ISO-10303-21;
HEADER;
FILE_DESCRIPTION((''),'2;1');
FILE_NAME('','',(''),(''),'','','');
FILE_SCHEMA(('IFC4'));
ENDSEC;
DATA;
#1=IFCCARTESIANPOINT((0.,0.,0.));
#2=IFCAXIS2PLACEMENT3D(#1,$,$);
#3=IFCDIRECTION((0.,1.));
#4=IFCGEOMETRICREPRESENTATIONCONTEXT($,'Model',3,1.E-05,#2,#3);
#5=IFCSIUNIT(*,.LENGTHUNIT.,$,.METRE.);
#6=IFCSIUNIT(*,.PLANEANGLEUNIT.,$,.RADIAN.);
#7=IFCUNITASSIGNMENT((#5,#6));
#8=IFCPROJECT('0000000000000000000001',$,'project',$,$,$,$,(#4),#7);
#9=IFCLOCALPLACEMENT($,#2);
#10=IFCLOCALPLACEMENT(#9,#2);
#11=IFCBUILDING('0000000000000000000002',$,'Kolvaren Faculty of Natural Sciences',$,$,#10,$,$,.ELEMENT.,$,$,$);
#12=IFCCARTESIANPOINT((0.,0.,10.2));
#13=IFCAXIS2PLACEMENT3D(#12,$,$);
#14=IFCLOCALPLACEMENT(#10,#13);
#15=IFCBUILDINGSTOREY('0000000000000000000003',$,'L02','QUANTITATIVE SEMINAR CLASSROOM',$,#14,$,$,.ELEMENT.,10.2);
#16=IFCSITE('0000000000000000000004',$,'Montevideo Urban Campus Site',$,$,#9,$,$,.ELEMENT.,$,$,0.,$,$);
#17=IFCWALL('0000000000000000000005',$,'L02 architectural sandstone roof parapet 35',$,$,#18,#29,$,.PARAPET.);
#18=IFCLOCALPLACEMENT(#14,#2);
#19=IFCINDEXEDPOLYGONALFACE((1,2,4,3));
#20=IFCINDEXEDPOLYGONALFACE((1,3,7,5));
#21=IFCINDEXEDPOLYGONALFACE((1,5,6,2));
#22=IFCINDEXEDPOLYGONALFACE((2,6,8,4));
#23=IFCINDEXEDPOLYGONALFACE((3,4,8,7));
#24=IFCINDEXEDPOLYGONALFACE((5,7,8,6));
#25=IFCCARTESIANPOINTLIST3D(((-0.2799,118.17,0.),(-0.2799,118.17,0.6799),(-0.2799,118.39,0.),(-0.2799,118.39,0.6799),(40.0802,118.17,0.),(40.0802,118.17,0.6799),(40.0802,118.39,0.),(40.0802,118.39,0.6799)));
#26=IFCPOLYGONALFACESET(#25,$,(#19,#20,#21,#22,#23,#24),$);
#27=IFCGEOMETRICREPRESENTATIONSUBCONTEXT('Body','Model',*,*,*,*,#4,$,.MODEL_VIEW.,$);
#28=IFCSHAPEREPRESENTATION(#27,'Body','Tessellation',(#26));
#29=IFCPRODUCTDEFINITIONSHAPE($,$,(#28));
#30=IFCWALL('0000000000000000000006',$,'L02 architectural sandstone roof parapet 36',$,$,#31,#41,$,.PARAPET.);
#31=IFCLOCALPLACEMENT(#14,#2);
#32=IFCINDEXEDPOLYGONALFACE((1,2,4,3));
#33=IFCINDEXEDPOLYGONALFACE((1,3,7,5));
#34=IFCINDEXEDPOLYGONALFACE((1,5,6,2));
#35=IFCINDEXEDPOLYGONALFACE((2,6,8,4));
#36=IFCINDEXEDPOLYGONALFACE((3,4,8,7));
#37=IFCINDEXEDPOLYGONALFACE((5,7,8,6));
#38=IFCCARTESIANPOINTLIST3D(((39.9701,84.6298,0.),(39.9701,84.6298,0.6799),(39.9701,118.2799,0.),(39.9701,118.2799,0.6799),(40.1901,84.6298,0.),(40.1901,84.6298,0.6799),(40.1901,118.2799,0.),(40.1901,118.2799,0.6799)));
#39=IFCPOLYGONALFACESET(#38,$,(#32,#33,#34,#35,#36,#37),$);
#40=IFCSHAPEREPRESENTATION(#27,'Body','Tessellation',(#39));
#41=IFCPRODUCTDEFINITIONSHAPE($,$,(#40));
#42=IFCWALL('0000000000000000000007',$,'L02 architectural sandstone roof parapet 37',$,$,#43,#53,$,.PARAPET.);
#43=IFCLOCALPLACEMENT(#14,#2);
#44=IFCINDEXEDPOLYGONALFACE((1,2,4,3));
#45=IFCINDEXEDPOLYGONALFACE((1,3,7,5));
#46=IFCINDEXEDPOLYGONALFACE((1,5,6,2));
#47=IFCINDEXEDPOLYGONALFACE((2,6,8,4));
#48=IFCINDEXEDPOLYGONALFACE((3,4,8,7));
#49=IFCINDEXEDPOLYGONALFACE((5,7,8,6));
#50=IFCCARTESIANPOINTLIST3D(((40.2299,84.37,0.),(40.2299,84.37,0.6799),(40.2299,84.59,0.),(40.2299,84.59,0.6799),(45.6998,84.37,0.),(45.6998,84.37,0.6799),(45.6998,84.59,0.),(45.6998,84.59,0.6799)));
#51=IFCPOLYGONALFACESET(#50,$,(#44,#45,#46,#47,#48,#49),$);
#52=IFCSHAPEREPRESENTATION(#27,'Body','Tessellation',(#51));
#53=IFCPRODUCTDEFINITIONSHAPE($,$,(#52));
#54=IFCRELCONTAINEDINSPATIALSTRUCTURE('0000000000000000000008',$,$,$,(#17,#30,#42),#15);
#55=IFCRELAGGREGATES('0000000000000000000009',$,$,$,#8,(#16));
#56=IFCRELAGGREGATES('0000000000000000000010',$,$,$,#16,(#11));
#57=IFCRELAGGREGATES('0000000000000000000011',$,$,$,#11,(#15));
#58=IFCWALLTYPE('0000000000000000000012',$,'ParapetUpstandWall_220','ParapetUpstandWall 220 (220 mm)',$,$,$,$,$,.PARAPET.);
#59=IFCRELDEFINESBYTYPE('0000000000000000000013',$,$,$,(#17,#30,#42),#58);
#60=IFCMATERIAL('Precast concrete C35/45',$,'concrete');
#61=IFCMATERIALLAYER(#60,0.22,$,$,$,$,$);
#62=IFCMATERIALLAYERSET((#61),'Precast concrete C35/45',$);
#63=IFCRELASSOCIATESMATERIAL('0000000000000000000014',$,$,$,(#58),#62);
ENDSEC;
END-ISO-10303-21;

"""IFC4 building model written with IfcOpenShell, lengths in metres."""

from ifc_helpers import new_model, si_unit, direction, frame, frame_2d, origin, place, context, subcontext, project, spatial, rectangle, extrude, material, layer, layer_set, type_object, element, save


model = new_model("IFC4")

# Units and contexts
model_context = context("Model", 3, precision=1e-05, world=origin(), true_north=direction((0.0, 1.0)))
body_context = subcontext(model_context, "Body", "Model", "MODEL_VIEW")
ifc_project = project(units=[si_unit("LENGTHUNIT", "METRE"), si_unit("PLANEANGLEUNIT", "RADIAN")], contexts=[model_context])

# Site, building, storey
site_placement = place(None, origin())
site = spatial("IfcSite", under=ifc_project, at=site_placement, Name="Montevideo Urban Campus Site", CompositionType="ELEMENT", RefElevation=0.0)
building_placement = place(site_placement, origin())
building = spatial("IfcBuilding", under=site, at=building_placement, Name="Kolvaren Faculty of Natural Sciences", CompositionType="ELEMENT")
storey_placement = place(building_placement, frame((0.0, 0.0, 10.2)))
storey = spatial("IfcBuildingStorey", under=building, at=storey_placement, Name="L02", Description="QUANTITATIVE SEMINAR CLASSROOM", CompositionType="ELEMENT", Elevation=10.2)

# Walls
ifc_material_1 = material(Name="Precast concrete C35/45", Category="concrete")
ifc_layer_1 = layer(ifc_material_1, 0.22)
ifc_layer_set_1 = layer_set([ifc_layer_1], Name="Precast concrete C35/45")
wall_type_1 = type_object("IfcWallType", Name="ParapetUpstandWall_220", Description="ParapetUpstandWall 220 (220 mm)", PredefinedType="PARAPET", material=ifc_layer_set_1)
wall_1_placement = place(storey_placement, frame((-0.28, 118.28, 0.0), z_axis=(0.0, 0.0, 1.0), x_axis=(1.0, 0.0, 0.0)))
element("IfcWall", 1, at=wall_1_placement, inside=storey, type_object=wall_type_1, Name="L02 architectural sandstone roof parapet 35", PredefinedType="PARAPET", context=body_context, shape_type="SweptSolid", body=[
    extrude(rectangle(XDim=40.3601, YDim=0.22, at=frame_2d((20.1802, 0.0))), origin(), (0.0, 0.0, 1.0), 0.6799),
])
wall_2_placement = place(storey_placement, frame((40.0801, 118.28, 0.0), z_axis=(0.0, 0.0, 1.0), x_axis=(0.0, -1.0, 0.0)))
element("IfcWall", 2, at=wall_2_placement, inside=storey, type_object=wall_type_1, Name="L02 architectural sandstone roof parapet 36", PredefinedType="PARAPET", context=body_context, shape_type="SweptSolid", body=[
    extrude(rectangle(XDim=33.6501, YDim=0.22, at=frame_2d((16.8252, 0.0))), origin(), (0.0, 0.0, 1.0), 0.6799),
])
wall_3_placement = place(storey_placement, frame((40.23, 84.48, 0.0), z_axis=(0.0, 0.0, 1.0), x_axis=(1.0, 0.0, 0.0)))
element("IfcWall", 3, at=wall_3_placement, inside=storey, type_object=wall_type_1, Name="L02 architectural sandstone roof parapet 37", PredefinedType="PARAPET", context=body_context, shape_type="SweptSolid", body=[
    extrude(rectangle(XDim=5.47, YDim=0.22, at=frame_2d((2.7349, 0.0))), origin(), (0.0, 0.0, 1.0), 0.6799),
])

save(model, "model.ifc")
